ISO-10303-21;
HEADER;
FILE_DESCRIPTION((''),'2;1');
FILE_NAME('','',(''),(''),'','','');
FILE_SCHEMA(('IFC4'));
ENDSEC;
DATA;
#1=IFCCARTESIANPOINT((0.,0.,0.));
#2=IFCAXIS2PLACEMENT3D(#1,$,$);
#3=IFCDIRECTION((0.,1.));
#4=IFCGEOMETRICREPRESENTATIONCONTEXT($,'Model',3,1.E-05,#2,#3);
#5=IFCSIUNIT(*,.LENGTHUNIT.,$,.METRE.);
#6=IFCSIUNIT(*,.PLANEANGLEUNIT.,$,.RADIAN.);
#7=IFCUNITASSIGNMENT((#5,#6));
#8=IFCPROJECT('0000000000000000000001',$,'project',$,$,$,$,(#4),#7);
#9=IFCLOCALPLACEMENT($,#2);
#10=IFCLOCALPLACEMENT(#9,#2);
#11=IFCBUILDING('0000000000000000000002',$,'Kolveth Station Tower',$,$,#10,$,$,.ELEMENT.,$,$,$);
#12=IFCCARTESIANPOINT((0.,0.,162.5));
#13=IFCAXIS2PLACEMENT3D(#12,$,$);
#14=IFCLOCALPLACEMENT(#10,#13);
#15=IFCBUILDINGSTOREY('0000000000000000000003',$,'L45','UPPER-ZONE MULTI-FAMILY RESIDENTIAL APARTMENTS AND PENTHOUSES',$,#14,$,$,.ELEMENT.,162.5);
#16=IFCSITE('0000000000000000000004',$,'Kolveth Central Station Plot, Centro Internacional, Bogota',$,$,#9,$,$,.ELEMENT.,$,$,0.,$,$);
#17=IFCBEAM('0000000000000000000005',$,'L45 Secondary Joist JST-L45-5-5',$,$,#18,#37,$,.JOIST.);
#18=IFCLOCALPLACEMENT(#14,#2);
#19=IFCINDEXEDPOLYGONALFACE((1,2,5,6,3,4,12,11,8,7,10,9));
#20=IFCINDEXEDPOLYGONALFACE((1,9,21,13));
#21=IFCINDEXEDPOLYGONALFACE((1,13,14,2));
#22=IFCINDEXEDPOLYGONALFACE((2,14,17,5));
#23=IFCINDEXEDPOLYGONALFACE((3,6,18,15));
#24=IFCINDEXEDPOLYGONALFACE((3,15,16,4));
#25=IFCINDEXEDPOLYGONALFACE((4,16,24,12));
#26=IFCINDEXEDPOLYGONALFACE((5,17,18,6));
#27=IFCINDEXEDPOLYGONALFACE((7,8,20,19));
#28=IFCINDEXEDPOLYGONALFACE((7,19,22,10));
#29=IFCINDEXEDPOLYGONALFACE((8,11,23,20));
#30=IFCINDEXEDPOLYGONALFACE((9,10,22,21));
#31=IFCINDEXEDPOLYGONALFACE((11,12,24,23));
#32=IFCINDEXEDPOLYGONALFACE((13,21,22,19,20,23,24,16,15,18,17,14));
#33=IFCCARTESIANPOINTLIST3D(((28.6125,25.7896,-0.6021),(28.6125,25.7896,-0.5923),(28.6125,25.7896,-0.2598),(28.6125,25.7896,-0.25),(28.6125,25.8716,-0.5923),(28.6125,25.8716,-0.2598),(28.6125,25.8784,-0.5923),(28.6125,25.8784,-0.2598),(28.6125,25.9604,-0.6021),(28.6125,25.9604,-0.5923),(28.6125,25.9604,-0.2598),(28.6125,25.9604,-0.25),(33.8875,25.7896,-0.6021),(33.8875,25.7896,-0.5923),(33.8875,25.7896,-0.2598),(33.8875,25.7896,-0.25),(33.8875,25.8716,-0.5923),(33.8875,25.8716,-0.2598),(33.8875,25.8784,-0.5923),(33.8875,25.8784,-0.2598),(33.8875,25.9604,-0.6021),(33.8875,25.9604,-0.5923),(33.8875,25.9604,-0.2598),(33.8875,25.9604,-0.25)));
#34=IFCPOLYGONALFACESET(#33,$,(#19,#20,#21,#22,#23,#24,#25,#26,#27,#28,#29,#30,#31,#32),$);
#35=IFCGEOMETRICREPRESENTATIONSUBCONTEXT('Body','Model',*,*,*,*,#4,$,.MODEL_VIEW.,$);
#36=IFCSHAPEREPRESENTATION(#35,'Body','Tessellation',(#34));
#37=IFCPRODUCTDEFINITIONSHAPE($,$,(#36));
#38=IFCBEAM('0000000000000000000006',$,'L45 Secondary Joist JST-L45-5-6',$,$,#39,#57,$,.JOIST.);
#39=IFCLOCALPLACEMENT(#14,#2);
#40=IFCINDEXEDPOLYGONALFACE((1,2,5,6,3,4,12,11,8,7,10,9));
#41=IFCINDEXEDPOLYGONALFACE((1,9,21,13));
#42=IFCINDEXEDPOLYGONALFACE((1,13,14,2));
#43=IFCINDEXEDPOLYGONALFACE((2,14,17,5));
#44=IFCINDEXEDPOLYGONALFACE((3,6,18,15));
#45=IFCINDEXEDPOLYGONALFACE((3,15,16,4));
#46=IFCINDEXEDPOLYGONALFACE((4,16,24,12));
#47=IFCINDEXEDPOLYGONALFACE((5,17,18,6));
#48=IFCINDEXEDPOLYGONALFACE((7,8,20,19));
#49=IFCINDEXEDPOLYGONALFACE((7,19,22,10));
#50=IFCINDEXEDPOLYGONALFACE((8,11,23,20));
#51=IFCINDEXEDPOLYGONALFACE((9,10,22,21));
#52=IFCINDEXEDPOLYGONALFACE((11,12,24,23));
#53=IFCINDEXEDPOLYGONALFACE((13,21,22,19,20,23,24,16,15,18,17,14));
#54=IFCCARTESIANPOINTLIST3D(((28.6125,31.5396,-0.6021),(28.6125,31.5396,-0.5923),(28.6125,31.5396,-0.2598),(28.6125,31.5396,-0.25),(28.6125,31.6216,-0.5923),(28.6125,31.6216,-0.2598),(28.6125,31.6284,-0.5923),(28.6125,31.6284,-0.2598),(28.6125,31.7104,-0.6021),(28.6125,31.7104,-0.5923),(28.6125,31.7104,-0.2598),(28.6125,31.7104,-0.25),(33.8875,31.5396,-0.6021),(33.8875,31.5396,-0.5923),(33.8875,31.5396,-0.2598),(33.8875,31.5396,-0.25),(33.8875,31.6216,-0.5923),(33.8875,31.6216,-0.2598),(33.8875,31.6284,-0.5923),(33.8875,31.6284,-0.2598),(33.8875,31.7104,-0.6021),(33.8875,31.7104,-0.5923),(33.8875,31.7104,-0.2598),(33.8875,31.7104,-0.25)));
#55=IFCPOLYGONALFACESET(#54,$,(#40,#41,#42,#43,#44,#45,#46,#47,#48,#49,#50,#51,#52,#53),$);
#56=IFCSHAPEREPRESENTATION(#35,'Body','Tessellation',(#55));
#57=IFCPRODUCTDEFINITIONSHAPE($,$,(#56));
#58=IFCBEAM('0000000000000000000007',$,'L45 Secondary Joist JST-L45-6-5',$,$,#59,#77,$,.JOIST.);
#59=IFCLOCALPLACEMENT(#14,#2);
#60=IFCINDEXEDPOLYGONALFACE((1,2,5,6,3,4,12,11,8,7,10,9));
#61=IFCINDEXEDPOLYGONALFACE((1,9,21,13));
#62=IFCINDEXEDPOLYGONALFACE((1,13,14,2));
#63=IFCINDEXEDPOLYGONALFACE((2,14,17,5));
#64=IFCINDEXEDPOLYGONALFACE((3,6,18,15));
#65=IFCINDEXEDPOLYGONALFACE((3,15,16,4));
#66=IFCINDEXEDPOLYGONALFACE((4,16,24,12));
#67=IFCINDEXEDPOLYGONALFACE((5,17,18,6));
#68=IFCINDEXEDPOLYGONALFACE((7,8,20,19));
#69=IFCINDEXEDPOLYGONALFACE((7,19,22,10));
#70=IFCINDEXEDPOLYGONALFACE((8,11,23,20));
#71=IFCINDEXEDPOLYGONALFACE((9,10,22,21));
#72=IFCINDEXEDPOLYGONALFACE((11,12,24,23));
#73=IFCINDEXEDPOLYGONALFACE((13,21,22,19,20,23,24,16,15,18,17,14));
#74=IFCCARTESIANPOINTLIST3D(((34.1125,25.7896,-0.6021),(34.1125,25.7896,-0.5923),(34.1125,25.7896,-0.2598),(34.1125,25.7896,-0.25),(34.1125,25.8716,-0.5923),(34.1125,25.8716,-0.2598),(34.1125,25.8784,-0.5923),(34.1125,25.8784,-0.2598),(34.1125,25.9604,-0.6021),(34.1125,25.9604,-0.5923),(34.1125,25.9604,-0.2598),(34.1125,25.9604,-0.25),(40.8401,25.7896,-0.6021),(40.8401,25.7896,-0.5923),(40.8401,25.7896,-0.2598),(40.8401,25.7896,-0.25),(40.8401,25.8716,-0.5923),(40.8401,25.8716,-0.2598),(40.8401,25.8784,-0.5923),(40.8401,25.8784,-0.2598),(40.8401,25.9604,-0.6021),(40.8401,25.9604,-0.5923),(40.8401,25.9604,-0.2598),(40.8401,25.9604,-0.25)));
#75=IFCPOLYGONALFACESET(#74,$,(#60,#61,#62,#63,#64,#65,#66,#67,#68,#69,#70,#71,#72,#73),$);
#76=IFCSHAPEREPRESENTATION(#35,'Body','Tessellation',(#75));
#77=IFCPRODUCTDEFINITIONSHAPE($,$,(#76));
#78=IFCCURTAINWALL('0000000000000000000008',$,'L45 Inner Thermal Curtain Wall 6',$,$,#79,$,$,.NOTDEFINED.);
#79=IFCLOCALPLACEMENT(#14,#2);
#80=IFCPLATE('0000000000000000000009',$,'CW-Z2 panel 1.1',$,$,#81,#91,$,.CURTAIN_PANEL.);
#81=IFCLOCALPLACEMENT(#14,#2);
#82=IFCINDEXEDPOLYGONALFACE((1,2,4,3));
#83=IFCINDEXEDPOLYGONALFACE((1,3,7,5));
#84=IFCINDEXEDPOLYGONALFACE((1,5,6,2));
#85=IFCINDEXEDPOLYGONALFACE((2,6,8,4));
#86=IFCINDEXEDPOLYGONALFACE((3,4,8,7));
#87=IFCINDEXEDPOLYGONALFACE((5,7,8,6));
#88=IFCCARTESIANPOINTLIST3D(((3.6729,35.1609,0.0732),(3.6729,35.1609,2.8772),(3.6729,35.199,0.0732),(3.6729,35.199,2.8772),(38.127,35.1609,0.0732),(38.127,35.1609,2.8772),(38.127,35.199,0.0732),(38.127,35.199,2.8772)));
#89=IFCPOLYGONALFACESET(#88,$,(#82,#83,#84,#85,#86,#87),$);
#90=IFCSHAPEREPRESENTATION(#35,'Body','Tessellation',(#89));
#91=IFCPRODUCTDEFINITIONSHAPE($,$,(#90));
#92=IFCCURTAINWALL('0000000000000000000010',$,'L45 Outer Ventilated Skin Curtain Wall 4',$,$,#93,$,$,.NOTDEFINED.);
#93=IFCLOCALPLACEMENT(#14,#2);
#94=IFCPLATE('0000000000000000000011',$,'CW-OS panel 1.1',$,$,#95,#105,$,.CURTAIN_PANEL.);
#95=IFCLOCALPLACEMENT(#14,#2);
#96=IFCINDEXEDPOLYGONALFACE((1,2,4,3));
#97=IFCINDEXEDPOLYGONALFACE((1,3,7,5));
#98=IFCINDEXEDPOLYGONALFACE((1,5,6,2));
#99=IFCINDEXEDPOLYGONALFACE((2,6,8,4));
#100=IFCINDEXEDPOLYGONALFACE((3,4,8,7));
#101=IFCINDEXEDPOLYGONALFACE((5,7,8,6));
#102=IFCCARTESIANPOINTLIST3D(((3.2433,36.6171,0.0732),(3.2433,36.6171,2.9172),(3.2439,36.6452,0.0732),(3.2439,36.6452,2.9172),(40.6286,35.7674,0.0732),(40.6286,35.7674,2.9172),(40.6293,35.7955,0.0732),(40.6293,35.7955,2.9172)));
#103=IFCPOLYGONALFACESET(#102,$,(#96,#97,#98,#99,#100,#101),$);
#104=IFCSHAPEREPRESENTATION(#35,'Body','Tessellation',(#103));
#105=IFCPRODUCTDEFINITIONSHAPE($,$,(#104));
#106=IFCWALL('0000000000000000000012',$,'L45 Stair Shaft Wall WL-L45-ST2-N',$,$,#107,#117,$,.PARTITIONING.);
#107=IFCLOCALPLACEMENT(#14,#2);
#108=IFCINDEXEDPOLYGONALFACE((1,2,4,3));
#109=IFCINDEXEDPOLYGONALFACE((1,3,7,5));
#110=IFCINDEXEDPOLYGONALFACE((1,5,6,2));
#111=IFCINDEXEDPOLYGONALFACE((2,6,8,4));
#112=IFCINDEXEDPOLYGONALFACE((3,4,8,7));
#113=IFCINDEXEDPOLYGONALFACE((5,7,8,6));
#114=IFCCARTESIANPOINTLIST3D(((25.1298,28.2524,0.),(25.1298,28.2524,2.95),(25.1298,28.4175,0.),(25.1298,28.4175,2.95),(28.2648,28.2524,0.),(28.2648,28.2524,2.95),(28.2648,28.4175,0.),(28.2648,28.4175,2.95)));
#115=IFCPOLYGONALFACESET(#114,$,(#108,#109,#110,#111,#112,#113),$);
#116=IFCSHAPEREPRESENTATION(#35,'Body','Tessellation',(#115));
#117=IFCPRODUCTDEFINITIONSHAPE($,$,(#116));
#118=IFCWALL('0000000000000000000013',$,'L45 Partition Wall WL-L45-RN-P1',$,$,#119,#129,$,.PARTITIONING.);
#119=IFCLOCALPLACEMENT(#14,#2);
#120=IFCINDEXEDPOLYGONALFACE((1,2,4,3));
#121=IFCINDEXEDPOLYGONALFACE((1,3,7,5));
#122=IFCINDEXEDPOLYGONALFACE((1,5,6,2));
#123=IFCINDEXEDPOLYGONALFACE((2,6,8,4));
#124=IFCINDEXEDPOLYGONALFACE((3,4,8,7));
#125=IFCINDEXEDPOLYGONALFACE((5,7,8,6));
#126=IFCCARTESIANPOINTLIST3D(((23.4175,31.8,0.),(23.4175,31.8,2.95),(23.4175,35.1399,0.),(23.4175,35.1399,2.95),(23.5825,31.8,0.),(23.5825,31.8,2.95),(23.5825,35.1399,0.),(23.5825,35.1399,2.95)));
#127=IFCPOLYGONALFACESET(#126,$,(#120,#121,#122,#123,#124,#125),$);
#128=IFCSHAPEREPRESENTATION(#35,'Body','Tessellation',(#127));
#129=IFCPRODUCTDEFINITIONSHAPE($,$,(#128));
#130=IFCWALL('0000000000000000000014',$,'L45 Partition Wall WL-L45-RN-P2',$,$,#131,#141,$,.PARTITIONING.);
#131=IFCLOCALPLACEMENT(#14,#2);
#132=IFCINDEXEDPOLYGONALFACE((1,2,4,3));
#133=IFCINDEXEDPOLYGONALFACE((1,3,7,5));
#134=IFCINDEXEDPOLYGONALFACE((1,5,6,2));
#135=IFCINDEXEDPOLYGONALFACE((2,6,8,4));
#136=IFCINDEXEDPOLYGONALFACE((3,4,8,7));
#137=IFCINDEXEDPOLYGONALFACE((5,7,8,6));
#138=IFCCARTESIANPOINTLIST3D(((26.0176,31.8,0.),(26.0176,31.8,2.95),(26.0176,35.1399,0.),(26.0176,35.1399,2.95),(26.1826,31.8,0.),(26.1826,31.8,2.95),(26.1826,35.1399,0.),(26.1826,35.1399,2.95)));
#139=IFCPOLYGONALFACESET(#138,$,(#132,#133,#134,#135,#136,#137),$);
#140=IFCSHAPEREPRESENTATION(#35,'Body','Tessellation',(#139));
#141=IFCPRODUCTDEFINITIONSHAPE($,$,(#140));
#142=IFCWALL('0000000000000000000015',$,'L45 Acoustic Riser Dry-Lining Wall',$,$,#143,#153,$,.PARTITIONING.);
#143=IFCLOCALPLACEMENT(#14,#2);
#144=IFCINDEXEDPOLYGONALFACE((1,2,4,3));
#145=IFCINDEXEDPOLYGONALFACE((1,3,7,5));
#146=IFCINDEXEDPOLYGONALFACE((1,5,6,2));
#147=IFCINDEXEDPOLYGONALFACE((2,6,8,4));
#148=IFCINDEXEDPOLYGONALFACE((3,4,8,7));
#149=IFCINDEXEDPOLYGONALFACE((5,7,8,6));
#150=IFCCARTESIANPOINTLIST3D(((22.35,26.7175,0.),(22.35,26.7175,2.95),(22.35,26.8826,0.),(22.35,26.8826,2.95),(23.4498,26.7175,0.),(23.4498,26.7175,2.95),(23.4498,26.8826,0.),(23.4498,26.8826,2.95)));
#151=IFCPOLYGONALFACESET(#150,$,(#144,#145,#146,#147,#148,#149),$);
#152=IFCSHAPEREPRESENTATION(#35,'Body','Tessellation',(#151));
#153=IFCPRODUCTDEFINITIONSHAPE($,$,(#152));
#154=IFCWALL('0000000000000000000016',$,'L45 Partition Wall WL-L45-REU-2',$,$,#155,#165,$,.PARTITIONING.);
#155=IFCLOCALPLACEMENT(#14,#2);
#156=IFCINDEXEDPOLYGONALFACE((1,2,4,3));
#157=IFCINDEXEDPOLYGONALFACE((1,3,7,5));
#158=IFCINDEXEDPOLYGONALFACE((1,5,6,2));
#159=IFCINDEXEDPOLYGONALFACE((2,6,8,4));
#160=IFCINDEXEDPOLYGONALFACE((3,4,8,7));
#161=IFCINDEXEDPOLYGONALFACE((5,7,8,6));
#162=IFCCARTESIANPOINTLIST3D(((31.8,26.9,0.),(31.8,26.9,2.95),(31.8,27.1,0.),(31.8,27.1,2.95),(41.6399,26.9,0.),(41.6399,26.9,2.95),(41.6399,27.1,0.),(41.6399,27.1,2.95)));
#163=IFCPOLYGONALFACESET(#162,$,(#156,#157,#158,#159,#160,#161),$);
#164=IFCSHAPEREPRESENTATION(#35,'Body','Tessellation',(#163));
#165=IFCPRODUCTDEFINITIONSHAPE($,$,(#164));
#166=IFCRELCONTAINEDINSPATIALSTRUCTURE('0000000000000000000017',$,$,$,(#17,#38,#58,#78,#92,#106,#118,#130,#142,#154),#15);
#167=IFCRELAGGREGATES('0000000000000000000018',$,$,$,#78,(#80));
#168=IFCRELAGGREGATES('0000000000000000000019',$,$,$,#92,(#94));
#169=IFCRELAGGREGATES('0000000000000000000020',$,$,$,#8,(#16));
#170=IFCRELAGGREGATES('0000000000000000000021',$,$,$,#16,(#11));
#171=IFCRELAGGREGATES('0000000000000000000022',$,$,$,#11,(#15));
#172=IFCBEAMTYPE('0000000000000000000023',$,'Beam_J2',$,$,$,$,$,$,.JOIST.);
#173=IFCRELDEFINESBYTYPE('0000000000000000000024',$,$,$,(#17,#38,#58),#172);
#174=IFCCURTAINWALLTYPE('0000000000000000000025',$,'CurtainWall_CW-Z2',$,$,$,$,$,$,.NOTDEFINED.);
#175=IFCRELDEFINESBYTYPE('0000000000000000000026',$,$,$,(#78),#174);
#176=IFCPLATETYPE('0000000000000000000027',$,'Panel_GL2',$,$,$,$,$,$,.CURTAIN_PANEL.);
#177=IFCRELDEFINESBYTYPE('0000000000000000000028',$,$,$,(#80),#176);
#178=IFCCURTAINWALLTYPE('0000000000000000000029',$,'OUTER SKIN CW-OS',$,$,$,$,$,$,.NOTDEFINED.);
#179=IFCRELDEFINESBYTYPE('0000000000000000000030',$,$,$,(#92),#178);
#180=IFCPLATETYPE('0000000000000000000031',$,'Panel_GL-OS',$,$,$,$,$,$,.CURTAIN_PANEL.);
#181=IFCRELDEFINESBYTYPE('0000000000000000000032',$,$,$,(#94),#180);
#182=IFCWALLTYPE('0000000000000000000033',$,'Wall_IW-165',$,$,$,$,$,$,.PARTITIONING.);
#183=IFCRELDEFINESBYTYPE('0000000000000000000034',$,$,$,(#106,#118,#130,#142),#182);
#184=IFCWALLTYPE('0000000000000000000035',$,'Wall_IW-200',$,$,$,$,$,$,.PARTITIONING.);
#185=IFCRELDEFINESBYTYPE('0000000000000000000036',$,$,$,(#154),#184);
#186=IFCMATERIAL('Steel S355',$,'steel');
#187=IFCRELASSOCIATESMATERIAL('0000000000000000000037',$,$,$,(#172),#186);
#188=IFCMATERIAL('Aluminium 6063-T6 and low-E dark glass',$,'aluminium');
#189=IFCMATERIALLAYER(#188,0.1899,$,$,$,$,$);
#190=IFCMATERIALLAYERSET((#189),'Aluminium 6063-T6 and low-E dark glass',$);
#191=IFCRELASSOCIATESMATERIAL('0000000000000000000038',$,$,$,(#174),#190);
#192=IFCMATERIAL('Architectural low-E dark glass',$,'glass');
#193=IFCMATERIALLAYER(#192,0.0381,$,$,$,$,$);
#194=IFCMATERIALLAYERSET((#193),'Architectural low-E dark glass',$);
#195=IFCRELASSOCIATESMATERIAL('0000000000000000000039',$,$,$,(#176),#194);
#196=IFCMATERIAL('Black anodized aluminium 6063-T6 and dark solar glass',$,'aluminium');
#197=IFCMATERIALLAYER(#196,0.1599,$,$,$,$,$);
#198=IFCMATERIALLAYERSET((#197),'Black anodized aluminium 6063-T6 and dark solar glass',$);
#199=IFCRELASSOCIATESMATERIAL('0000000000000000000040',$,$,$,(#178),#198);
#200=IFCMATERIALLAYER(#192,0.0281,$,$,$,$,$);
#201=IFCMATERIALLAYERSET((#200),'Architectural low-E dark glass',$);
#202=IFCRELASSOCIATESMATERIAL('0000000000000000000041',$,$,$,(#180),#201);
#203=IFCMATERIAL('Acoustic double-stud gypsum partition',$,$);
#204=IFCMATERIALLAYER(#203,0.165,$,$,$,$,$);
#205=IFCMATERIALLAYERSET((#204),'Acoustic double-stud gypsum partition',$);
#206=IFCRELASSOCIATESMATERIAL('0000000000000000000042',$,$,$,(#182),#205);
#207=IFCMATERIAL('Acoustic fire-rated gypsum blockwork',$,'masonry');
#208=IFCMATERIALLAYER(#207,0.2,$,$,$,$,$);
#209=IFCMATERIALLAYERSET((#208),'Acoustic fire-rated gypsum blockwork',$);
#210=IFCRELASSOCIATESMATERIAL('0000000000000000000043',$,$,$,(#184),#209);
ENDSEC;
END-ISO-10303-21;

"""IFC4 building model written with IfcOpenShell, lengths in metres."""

from ifc_helpers import new_model, si_unit, direction, frame, frame_2d, origin, origin_2d, place, context, subcontext, project, spatial, rectangle, i_section, extrude, source, transform, mapped, material, layer, layer_set, material_profile, profile_set, type_object, element, aggregate, save


model = new_model("IFC4")

# Units and contexts
model_context = context("Model", 3, precision=1e-05, world=origin(), true_north=direction((0.0, 1.0)))
body_context = subcontext(model_context, "Body", "Model", "MODEL_VIEW")
ifc_project = project(units=[si_unit("LENGTHUNIT", "METRE"), si_unit("PLANEANGLEUNIT", "RADIAN")], contexts=[model_context])

# Site, building, storey
site_placement = place(None, origin())
site = spatial("IfcSite", under=ifc_project, at=site_placement, Name="Kolveth Central Station Plot, Centro Internacional, Bogota", CompositionType="ELEMENT", RefElevation=0.0)
building_placement = place(site_placement, origin())
building = spatial("IfcBuilding", under=site, at=building_placement, Name="Kolveth Station Tower", CompositionType="ELEMENT")
storey_placement = place(building_placement, frame((0.0, 0.0, 162.5)))
storey = spatial("IfcBuildingStorey", under=building, at=storey_placement, Name="L45", Description="UPPER-ZONE MULTI-FAMILY RESIDENTIAL APARTMENTS AND PENTHOUSES", CompositionType="ELEMENT", Elevation=162.5)

# Shared definitions
ifc_material_1 = material(Name="Steel S355", Category="steel")

# Beams
ifc_material_profile_1 = material_profile(ifc_material_1, i_section(OverallWidth=0.1709, OverallDepth=0.3521, WebThickness=0.0068, FlangeThickness=0.0098, at=origin_2d()), Name="W360x44")
ifc_profile_set_1 = profile_set([ifc_material_profile_1], Name="Steel S355")
beam_type_1 = type_object("IfcBeamType", Name="Beam_J2", PredefinedType="JOIST", material=ifc_profile_set_1)
shared_shape_1 = source(origin(), body_context, "Body", "SweptSolid", [
    extrude(i_section(OverallWidth=0.1709, OverallDepth=0.3521, WebThickness=0.0068, FlangeThickness=0.0098, at=origin_2d()), origin(), (0.0, 0.0, 1.0), 5.2749),
])
for number, where, z_axis, x_axis, name in (
    (1, (28.6125, 25.875, -0.426), (1.0, 0.0, 0.0), (0.0, 1.0, 0.0), "L45 Secondary Joist JST-L45-5-5"),
    (2, (28.6125, 31.625, -0.426), (1.0, 0.0, 0.0), (0.0, 1.0, 0.0), "L45 Secondary Joist JST-L45-5-6"),
):
    element("IfcBeam", number, at=place(storey_placement, frame(where, z_axis=z_axis, x_axis=x_axis)), inside=storey, type_object=beam_type_1, Name=name, PredefinedType="JOIST", context=body_context, shape_type="MappedRepresentation", body=[
        mapped(shared_shape_1, transform((0.0, 0.0, 0.0), x_axis=(1.0, 0.0, 0.0), y_axis=(0.0, 1.0, 0.0), z_axis=(0.0, 0.0, 1.0), scale=1.0)),
    ])
shared_shape_2 = source(origin(), body_context, "Body", "SweptSolid", [
    extrude(i_section(OverallWidth=0.1709, OverallDepth=0.3521, WebThickness=0.0068, FlangeThickness=0.0098, at=origin_2d()), origin(), (0.0, 0.0, 1.0), 6.7275),
])
beam_1_placement = place(storey_placement, frame((34.1125, 25.875, -0.426), z_axis=(1.0, 0.0, 0.0), x_axis=(0.0, 1.0, 0.0)))
element("IfcBeam", 3, at=beam_1_placement, inside=storey, type_object=beam_type_1, Name="L45 Secondary Joist JST-L45-6-5", PredefinedType="JOIST", context=body_context, shape_type="MappedRepresentation", body=[
    mapped(shared_shape_2, transform((0.0, 0.0, 0.0), x_axis=(1.0, 0.0, 0.0), y_axis=(0.0, 1.0, 0.0), z_axis=(0.0, 0.0, 1.0), scale=1.0)),
])

# Curtain walls, plates
ifc_material_2 = material(Name="Aluminium 6063-T6 and low-E dark glass", Category="aluminium")
ifc_layer_1 = layer(ifc_material_2, 0.1899)
ifc_layer_set_1 = layer_set([ifc_layer_1], Name="Aluminium 6063-T6 and low-E dark glass")
curtain_wall_type_1 = type_object("IfcCurtainWallType", Name="CurtainWall_CW-Z2", PredefinedType="NOTDEFINED", material=ifc_layer_set_1)
curtain_wall_1_placement = place(storey_placement, origin())
curtain_wall_1 = element("IfcCurtainWall", 4, at=curtain_wall_1_placement, inside=storey, type_object=curtain_wall_type_1, Name="L45 Inner Thermal Curtain Wall 6", PredefinedType="NOTDEFINED")
ifc_material_3 = material(Name="Architectural low-E dark glass", Category="glass")
ifc_layer_2 = layer(ifc_material_3, 0.0381)
ifc_layer_set_2 = layer_set([ifc_layer_2], Name="Architectural low-E dark glass")
plate_type_1 = type_object("IfcPlateType", Name="Panel_GL2", PredefinedType="CURTAIN_PANEL", material=ifc_layer_set_2)
shared_shape_3 = source(origin(), body_context, "Body", "SweptSolid", [
    extrude(rectangle(XDim=34.4541, YDim=0.0381, at=origin_2d()), origin(), (0.0, 0.0, 1.0), 2.804),
])
plate_1_placement = place(storey_placement, frame((20.8999, 35.1799, 0.0732), z_axis=(0.0, 0.0, 1.0), x_axis=(-1.0, 0.0, 0.0)))
plate_1 = element("IfcPlate", 5, at=plate_1_placement, type_object=plate_type_1, Name="CW-Z2 panel 1.1", PredefinedType="CURTAIN_PANEL", context=body_context, shape_type="MappedRepresentation", body=[
    mapped(shared_shape_3, transform((0.0, 0.0, 0.0), x_axis=(1.0, 0.0, 0.0), y_axis=(0.0, 1.0, 0.0), z_axis=(0.0, 0.0, 1.0), scale=1.0)),
])
aggregate(curtain_wall_1, [plate_1])
ifc_material_4 = material(Name="Black anodized aluminium 6063-T6 and dark solar glass", Category="aluminium")
ifc_layer_3 = layer(ifc_material_4, 0.1599)
ifc_layer_set_3 = layer_set([ifc_layer_3], Name="Black anodized aluminium 6063-T6 and dark solar glass")
curtain_wall_type_2 = type_object("IfcCurtainWallType", Name="OUTER SKIN CW-OS", PredefinedType="NOTDEFINED", material=ifc_layer_set_3)
curtain_wall_2_placement = place(storey_placement, origin())
curtain_wall_2 = element("IfcCurtainWall", 6, at=curtain_wall_2_placement, inside=storey, type_object=curtain_wall_type_2, Name="L45 Outer Ventilated Skin Curtain Wall 4", PredefinedType="NOTDEFINED")
ifc_layer_4 = layer(ifc_material_3, 0.0281)
ifc_layer_set_4 = layer_set([ifc_layer_4], Name="Architectural low-E dark glass")
plate_type_2 = type_object("IfcPlateType", Name="Panel_GL-OS", PredefinedType="CURTAIN_PANEL", material=ifc_layer_set_4)
shared_shape_4 = source(origin(), body_context, "Body", "SweptSolid", [
    extrude(rectangle(XDim=37.395, YDim=0.0281, at=origin_2d()), origin(), (0.0, 0.0, 1.0), 2.844),
])
plate_2_placement = place(storey_placement, frame((21.9363, 36.2063, 0.0732), z_axis=(0.0, 0.0, 1.0), x_axis=(-0.999742, 0.022723, 0.0)))
plate_2 = element("IfcPlate", 7, at=plate_2_placement, type_object=plate_type_2, Name="CW-OS panel 1.1", PredefinedType="CURTAIN_PANEL", context=body_context, shape_type="MappedRepresentation", body=[
    mapped(shared_shape_4, transform((0.0, 0.0, 0.0), x_axis=(1.0, 0.0, 0.0), y_axis=(0.0, 1.0, 0.0), z_axis=(0.0, 0.0, 1.0), scale=1.0)),
])
aggregate(curtain_wall_2, [plate_2])

# Walls
ifc_material_5 = material(Name="Acoustic double-stud gypsum partition")
ifc_layer_5 = layer(ifc_material_5, 0.165)
ifc_layer_set_5 = layer_set([ifc_layer_5], Name="Acoustic double-stud gypsum partition")
wall_type_1 = type_object("IfcWallType", Name="Wall_IW-165", PredefinedType="PARTITIONING", material=ifc_layer_set_5)
wall_1_placement = place(storey_placement, frame((25.1299, 28.335, 0.0), z_axis=(0.0, 0.0, 1.0), x_axis=(1.0, 0.0, 0.0)))
element("IfcWall", 8, at=wall_1_placement, inside=storey, type_object=wall_type_1, Name="L45 Stair Shaft Wall WL-L45-ST2-N", PredefinedType="PARTITIONING", context=body_context, shape_type="SweptSolid", body=[
    extrude(rectangle(XDim=3.135, YDim=0.165, at=frame_2d((1.5674, 0.0))), origin(), (0.0, 0.0, 1.0), 2.95),
])
for number, where, z_axis, x_axis, name in (
    (9, (23.5, 31.8, 0.0), (0.0, 0.0, 1.0), (0.0, 1.0, 0.0), "L45 Partition Wall WL-L45-RN-P1"),
    (10, (26.1001, 31.8, 0.0), (0.0, 0.0, 1.0), (0.0, 1.0, 0.0), "L45 Partition Wall WL-L45-RN-P2"),
):
    element("IfcWall", number, at=place(storey_placement, frame(where, z_axis=z_axis, x_axis=x_axis)), inside=storey, type_object=wall_type_1, Name=name, PredefinedType="PARTITIONING", context=body_context, shape_type="SweptSolid", body=[
        extrude(rectangle(XDim=3.3398, YDim=0.165, at=frame_2d((1.6699, 0.0))), origin(), (0.0, 0.0, 1.0), 2.95),
    ])
wall_2_placement = place(storey_placement, frame((22.3501, 26.8, 0.0), z_axis=(0.0, 0.0, 1.0), x_axis=(1.0, 0.0, 0.0)))
element("IfcWall", 11, at=wall_2_placement, inside=storey, type_object=wall_type_1, Name="L45 Acoustic Riser Dry-Lining Wall", PredefinedType="PARTITIONING", context=body_context, shape_type="SweptSolid", body=[
    extrude(rectangle(XDim=1.0999, YDim=0.165, at=frame_2d((0.5498, 0.0))), origin(), (0.0, 0.0, 1.0), 2.95),
])
ifc_material_6 = material(Name="Acoustic fire-rated gypsum blockwork", Category="masonry")
ifc_layer_6 = layer(ifc_material_6, 0.2)
ifc_layer_set_6 = layer_set([ifc_layer_6], Name="Acoustic fire-rated gypsum blockwork")
wall_type_2 = type_object("IfcWallType", Name="Wall_IW-200", PredefinedType="PARTITIONING", material=ifc_layer_set_6)
wall_3_placement = place(storey_placement, frame((31.8, 27.0, 0.0), z_axis=(0.0, 0.0, 1.0), x_axis=(1.0, 0.0, 0.0)))
element("IfcWall", 12, at=wall_3_placement, inside=storey, type_object=wall_type_2, Name="L45 Partition Wall WL-L45-REU-2", PredefinedType="PARTITIONING", context=body_context, shape_type="SweptSolid", body=[
    extrude(rectangle(XDim=9.8398, YDim=0.2, at=frame_2d((4.9199, 0.0))), origin(), (0.0, 0.0, 1.0), 2.95),
])

save(model, "model.ifc")
